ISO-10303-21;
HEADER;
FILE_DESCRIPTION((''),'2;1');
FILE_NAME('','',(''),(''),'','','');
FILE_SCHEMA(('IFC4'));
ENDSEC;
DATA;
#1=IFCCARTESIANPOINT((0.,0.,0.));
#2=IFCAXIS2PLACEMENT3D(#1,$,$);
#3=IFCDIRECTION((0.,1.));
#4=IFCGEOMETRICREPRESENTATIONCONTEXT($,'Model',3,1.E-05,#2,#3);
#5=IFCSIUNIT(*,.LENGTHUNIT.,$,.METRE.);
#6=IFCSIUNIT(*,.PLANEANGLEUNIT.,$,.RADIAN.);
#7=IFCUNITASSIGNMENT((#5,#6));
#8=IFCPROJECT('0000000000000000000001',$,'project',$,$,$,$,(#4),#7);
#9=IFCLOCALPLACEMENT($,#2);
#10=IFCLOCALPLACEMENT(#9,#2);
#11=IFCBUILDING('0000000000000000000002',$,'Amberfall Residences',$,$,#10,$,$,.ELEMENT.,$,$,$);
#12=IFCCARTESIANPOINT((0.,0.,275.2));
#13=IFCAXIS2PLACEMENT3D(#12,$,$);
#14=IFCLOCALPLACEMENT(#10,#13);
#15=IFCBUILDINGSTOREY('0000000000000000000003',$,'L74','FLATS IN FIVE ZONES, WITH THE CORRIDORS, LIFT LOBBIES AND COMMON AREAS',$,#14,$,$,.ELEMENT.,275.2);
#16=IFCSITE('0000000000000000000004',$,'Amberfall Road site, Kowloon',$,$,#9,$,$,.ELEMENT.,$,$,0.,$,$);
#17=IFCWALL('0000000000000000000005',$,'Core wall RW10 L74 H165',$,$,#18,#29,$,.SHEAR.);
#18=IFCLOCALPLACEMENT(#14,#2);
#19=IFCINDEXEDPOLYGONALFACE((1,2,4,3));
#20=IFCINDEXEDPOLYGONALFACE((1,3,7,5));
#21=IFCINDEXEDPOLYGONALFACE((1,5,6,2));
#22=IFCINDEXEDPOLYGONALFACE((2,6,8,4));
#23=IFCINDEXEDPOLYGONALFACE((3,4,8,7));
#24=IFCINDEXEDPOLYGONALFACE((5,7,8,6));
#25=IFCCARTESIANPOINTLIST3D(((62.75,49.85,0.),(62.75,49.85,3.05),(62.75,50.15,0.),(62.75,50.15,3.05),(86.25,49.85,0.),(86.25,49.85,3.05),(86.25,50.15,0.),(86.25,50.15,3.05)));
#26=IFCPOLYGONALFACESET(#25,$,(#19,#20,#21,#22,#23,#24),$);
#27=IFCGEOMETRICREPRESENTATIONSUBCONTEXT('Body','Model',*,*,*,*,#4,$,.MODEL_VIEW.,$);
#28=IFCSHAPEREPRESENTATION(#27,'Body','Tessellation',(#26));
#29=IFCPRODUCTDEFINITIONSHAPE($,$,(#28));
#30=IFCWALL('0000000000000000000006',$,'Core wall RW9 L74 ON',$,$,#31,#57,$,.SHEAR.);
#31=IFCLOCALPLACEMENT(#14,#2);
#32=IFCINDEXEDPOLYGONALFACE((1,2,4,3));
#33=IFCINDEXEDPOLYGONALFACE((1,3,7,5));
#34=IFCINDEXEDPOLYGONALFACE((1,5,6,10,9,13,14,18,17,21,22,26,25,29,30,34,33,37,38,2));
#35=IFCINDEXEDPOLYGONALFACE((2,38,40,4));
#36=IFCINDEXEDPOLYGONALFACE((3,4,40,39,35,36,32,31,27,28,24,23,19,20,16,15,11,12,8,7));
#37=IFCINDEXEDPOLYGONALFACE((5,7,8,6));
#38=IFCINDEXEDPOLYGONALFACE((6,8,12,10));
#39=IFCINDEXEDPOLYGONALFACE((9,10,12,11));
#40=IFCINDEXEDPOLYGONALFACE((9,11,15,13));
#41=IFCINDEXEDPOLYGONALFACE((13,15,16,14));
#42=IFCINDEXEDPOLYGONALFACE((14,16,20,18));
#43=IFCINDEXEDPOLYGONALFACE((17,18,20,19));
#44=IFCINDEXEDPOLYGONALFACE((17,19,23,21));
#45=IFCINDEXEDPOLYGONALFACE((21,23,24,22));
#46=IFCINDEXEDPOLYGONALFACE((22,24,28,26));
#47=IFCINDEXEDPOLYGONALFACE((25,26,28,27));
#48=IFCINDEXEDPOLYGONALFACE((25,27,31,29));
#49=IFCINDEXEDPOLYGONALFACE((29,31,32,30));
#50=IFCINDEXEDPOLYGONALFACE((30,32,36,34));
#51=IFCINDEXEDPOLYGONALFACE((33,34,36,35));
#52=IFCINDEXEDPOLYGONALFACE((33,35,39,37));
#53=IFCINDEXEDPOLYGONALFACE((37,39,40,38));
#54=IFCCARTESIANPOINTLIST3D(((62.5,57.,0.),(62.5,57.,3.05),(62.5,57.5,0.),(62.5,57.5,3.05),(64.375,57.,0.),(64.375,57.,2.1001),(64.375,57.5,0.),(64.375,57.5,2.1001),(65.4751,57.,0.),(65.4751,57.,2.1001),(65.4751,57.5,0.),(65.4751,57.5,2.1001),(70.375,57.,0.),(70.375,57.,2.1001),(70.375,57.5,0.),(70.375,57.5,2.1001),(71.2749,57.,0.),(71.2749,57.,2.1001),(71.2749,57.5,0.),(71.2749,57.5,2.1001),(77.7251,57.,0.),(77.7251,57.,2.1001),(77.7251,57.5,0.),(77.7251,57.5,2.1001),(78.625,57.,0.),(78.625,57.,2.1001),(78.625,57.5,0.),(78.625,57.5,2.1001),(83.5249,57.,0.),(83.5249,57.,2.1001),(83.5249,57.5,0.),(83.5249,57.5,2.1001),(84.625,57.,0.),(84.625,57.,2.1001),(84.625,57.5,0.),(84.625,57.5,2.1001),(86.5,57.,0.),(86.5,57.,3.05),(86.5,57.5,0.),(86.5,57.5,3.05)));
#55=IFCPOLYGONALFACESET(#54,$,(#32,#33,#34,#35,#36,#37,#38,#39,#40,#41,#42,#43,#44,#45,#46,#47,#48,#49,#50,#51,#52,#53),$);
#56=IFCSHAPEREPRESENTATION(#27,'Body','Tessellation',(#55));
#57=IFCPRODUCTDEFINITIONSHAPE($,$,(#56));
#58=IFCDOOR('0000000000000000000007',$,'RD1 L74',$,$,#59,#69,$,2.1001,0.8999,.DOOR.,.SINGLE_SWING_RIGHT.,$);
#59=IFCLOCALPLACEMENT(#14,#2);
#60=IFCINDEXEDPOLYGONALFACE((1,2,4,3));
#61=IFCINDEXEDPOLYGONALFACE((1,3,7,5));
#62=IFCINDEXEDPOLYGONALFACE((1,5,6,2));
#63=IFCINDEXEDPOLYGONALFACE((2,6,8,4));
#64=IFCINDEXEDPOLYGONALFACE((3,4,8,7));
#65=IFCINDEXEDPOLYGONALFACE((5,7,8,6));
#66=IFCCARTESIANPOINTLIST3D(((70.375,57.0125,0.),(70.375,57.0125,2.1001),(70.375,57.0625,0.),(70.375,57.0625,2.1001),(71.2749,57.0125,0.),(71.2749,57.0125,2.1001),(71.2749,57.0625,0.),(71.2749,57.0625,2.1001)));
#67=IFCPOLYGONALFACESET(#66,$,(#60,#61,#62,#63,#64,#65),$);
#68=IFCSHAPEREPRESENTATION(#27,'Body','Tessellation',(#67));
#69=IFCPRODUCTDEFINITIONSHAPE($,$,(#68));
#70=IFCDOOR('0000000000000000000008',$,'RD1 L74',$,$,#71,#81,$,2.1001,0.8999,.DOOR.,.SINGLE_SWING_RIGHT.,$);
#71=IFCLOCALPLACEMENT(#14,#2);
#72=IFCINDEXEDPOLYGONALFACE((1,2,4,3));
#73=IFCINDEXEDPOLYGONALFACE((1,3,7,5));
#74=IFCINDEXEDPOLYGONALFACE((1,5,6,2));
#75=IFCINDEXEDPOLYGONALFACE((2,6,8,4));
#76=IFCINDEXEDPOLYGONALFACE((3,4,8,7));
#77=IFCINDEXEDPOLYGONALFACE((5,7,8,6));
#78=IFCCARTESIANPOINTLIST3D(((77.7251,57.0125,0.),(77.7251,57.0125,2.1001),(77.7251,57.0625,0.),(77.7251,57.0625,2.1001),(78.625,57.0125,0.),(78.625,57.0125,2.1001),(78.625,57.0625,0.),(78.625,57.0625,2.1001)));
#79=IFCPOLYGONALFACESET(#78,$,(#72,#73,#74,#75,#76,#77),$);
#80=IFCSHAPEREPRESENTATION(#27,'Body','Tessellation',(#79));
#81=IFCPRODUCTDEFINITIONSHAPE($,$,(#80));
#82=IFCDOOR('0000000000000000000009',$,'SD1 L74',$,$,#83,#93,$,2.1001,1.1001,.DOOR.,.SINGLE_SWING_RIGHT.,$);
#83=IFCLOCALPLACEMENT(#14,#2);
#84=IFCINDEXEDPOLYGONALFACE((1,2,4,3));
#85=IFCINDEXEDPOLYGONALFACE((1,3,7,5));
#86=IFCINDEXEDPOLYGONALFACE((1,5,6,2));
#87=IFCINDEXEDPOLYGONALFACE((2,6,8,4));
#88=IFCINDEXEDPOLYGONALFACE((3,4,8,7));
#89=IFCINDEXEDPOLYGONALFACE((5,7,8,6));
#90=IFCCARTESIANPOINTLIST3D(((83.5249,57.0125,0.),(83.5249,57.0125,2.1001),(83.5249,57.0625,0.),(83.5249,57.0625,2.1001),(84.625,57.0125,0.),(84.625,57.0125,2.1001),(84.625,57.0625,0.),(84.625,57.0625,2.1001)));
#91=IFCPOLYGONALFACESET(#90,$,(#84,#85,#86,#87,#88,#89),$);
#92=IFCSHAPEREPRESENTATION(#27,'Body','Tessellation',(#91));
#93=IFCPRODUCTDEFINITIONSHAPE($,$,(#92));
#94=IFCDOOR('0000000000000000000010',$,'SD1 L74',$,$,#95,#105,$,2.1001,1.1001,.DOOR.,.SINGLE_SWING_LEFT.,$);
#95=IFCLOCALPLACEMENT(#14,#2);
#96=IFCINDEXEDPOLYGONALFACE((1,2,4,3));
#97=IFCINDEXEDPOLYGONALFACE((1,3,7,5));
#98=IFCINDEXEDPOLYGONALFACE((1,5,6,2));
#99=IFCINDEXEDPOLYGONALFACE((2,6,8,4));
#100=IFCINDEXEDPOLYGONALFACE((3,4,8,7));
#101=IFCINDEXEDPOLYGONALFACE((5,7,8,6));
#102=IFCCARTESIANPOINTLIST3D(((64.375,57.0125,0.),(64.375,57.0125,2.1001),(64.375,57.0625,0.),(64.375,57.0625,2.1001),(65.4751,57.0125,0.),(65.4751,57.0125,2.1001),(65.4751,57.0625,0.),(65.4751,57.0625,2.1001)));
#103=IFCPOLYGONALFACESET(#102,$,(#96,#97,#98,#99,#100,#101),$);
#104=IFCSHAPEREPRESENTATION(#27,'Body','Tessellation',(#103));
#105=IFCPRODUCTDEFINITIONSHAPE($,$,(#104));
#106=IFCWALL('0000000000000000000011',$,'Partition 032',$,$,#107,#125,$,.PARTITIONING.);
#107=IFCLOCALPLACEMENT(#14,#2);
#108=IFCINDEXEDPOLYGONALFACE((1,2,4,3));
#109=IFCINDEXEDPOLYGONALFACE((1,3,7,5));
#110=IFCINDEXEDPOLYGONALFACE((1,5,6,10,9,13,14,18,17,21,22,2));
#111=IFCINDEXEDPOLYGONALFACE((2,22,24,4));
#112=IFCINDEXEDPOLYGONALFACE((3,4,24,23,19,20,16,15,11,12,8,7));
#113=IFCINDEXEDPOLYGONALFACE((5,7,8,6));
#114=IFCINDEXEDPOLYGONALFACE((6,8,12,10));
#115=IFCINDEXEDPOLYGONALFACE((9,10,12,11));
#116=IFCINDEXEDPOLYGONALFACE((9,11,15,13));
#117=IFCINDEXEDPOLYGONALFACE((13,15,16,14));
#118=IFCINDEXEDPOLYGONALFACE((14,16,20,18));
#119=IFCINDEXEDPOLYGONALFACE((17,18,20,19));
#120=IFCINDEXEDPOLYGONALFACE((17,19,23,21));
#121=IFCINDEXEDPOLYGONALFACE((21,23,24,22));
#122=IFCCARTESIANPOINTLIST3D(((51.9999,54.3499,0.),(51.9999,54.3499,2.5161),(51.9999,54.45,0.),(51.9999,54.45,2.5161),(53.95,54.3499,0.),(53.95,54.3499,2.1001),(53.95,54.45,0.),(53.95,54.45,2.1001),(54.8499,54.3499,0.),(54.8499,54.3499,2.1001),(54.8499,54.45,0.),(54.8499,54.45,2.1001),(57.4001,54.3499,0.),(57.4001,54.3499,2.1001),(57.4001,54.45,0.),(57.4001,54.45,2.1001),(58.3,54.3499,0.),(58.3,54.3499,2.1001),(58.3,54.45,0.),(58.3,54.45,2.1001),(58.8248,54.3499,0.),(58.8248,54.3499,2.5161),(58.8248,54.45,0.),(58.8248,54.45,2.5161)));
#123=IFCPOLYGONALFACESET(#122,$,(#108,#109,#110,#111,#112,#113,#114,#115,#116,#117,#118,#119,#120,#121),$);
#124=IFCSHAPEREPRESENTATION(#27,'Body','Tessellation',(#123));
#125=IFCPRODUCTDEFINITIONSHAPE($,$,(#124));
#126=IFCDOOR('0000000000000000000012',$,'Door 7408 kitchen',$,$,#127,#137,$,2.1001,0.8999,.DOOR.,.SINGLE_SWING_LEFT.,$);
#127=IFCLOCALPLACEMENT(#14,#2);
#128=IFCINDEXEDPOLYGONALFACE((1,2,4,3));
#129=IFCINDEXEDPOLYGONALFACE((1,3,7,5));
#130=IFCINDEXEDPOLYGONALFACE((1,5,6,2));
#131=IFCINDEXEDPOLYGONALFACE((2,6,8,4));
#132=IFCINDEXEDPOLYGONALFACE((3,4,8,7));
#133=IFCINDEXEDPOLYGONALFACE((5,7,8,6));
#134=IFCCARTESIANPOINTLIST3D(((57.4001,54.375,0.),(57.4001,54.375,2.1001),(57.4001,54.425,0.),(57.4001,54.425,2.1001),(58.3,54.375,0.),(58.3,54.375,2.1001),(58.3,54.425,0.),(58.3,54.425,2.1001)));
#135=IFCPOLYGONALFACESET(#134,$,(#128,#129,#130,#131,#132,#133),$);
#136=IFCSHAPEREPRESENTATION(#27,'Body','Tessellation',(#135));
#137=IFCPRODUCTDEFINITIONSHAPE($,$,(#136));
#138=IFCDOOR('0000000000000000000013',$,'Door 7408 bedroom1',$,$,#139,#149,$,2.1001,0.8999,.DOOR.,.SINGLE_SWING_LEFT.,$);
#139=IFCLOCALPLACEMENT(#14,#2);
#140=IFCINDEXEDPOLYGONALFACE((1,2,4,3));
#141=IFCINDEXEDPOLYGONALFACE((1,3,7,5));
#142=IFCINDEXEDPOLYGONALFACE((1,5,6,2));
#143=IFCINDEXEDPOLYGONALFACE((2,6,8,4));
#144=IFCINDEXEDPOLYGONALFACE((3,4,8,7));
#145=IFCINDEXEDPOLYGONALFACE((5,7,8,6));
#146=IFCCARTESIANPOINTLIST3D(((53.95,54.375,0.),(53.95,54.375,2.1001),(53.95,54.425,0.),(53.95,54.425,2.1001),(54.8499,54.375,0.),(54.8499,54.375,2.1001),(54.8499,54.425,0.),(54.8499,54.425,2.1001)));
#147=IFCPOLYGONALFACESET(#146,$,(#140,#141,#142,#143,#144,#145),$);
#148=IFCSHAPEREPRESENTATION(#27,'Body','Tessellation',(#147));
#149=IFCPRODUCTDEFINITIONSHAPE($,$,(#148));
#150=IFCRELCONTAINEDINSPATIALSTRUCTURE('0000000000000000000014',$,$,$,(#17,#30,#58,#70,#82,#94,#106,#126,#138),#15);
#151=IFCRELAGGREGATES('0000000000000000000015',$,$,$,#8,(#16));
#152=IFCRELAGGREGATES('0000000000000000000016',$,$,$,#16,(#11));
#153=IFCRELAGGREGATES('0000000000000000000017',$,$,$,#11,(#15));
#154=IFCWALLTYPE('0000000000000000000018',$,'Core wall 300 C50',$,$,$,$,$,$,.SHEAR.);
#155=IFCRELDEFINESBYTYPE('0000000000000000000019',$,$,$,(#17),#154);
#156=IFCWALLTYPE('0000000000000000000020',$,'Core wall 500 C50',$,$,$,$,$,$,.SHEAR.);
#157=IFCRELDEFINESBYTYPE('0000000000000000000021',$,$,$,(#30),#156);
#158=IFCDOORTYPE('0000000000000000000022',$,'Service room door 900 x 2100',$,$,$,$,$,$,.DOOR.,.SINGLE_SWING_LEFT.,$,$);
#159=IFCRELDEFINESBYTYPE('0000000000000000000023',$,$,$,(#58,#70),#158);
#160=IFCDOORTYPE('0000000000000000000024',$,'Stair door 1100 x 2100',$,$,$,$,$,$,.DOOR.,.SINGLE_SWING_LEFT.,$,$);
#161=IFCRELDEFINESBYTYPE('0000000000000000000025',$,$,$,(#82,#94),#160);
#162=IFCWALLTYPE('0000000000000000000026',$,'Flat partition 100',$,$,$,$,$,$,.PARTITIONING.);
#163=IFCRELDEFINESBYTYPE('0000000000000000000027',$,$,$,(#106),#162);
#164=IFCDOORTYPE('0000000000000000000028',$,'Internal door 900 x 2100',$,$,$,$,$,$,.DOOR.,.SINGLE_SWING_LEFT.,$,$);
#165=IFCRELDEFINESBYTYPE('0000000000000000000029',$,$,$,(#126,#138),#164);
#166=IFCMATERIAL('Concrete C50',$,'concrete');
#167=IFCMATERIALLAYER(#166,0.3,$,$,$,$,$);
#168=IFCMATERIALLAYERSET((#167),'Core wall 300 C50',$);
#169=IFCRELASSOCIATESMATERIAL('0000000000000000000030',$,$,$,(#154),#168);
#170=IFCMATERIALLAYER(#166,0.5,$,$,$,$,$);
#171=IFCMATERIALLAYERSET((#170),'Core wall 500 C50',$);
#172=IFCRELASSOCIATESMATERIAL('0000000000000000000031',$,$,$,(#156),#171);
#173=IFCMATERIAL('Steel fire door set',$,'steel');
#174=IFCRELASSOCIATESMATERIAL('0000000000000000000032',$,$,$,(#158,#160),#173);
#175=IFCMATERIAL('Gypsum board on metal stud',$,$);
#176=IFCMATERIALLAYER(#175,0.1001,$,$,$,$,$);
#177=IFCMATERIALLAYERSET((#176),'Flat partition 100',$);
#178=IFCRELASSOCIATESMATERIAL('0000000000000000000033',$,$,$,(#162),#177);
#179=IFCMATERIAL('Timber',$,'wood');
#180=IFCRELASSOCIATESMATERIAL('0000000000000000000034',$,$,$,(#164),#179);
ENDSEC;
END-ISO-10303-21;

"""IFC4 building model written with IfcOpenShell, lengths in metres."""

from ifc_helpers import new_model, si_unit, direction, frame, frame_2d, origin, place, context, subcontext, project, spatial, rectangle, extrude, material, layer, layer_set, type_object, element, fill, save


model = new_model("IFC4")

# Units and contexts
model_context = context("Model", 3, precision=1e-05, world=origin(), true_north=direction((0.0, 1.0)))
body_context = subcontext(model_context, "Body", "Model", "MODEL_VIEW")
ifc_project = project(units=[si_unit("LENGTHUNIT", "METRE"), si_unit("PLANEANGLEUNIT", "RADIAN")], contexts=[model_context])

# Site, building, storey
site_placement = place(None, origin())
site = spatial("IfcSite", under=ifc_project, at=site_placement, Name="Amberfall Road site, Kowloon", CompositionType="ELEMENT", RefElevation=0.0)
building_placement = place(site_placement, origin())
building = spatial("IfcBuilding", under=site, at=building_placement, Name="Amberfall Residences", CompositionType="ELEMENT")
storey_placement = place(building_placement, frame((0.0, 0.0, 275.2)))
storey = spatial("IfcBuildingStorey", under=building, at=storey_placement, Name="L74", Description="FLATS IN FIVE ZONES, WITH THE CORRIDORS, LIFT LOBBIES AND COMMON AREAS", CompositionType="ELEMENT", Elevation=275.2)

# Wall
ifc_material_1 = material(Name="Concrete C50", Category="concrete")
ifc_layer_1 = layer(ifc_material_1, 0.3)
ifc_layer_set_1 = layer_set([ifc_layer_1], Name="Core wall 300 C50")
wall_type_1 = type_object("IfcWallType", Name="Core wall 300 C50", PredefinedType="SHEAR", material=ifc_layer_set_1)
wall_1_placement = place(storey_placement, frame((62.75, 50.0, 0.0), z_axis=(0.0, 0.0, 1.0), x_axis=(1.0, 0.0, 0.0)))
element("IfcWall", 1, at=wall_1_placement, inside=storey, type_object=wall_type_1, Name="Core wall RW10 L74 H165", PredefinedType="SHEAR", context=body_context, shape_type="SweptSolid", body=[
    extrude(rectangle(XDim=23.5, YDim=0.3, at=frame_2d((11.75, 0.0))), origin(), (0.0, 0.0, 1.0), 3.05),
])

# Walls, openings, doors
ifc_layer_2 = layer(ifc_material_1, 0.5)
ifc_layer_set_2 = layer_set([ifc_layer_2], Name="Core wall 500 C50")
wall_type_2 = type_object("IfcWallType", Name="Core wall 500 C50", PredefinedType="SHEAR", material=ifc_layer_set_2)
wall_2_placement = place(storey_placement, frame((62.5, 57.25, 0.0), z_axis=(0.0, 0.0, 1.0), x_axis=(1.0, 0.0, 0.0)))
wall_2 = element("IfcWall", 2, at=wall_2_placement, inside=storey, type_object=wall_type_2, Name="Core wall RW9 L74 ON", PredefinedType="SHEAR", context=body_context, shape_type="SweptSolid", body=[
    extrude(rectangle(XDim=24.0, YDim=0.5, at=frame_2d((12.0, 0.0))), origin(), (0.0, 0.0, 1.0), 3.05),
])
opening_1_placement = place(wall_2_placement, frame((21.0249, 0.0, 0.0)))
opening_1 = element("IfcOpeningElement", 3, at=opening_1_placement, cuts=wall_2, PredefinedType="OPENING", context=body_context, shape_type="SweptSolid", body=[
    extrude(rectangle(XDim=1.1001, YDim=2.1001, at=frame_2d((0.55, 1.05))), frame((0.0, 0.26, 0.0), z_axis=(0.0, -1.0, 0.0), x_axis=(1.0, 0.0, 0.0)), (0.0, 0.0, 1.0), 0.52),
])
opening_2_placement = place(wall_2_placement, frame((1.875, 0.0, 0.0)))
opening_2 = element("IfcOpeningElement", 4, at=opening_2_placement, cuts=wall_2, PredefinedType="OPENING", context=body_context, shape_type="SweptSolid", body=[
    extrude(rectangle(XDim=1.1001, YDim=2.1001, at=frame_2d((0.55, 1.05))), frame((0.0, 0.26, 0.0), z_axis=(0.0, -1.0, 0.0), x_axis=(1.0, 0.0, 0.0)), (0.0, 0.0, 1.0), 0.52),
])
opening_3_placement = place(wall_2_placement, frame((7.875, 0.0, 0.0)))
opening_3 = element("IfcOpeningElement", 5, at=opening_3_placement, cuts=wall_2, PredefinedType="OPENING", context=body_context, shape_type="SweptSolid", body=[
    extrude(rectangle(XDim=0.8999, YDim=2.1001, at=frame_2d((0.45, 1.05))), frame((0.0, 0.26, 0.0), z_axis=(0.0, -1.0, 0.0), x_axis=(1.0, 0.0, 0.0)), (0.0, 0.0, 1.0), 0.52),
])
opening_4_placement = place(wall_2_placement, frame((15.2251, 0.0, 0.0)))
opening_4 = element("IfcOpeningElement", 6, at=opening_4_placement, cuts=wall_2, PredefinedType="OPENING", context=body_context, shape_type="SweptSolid", body=[
    extrude(rectangle(XDim=0.8999, YDim=2.1001, at=frame_2d((0.45, 1.05))), frame((0.0, 0.26, 0.0), z_axis=(0.0, -1.0, 0.0), x_axis=(1.0, 0.0, 0.0)), (0.0, 0.0, 1.0), 0.52),
])
ifc_material_2 = material(Name="Steel fire door set", Category="steel")
door_type_1 = type_object("IfcDoorType", Name="Service room door 900 x 2100", OperationType="SINGLE_SWING_LEFT", PredefinedType="DOOR", material=ifc_material_2)
door_1_placement = place(opening_3_placement, origin())
door_1 = element("IfcDoor", 7, at=door_1_placement, inside=storey, type_object=door_type_1, Name="RD1 L74", OperationType="SINGLE_SWING_RIGHT", OverallHeight=2.1001, OverallWidth=0.8999, PredefinedType="DOOR", context=body_context, shape_type="SweptSolid", body=[
    extrude(rectangle(XDim=0.8999, YDim=2.1001, at=frame_2d((0.45, 1.05))), frame((0.0, -0.1875, 0.0), z_axis=(0.0, -1.0, 0.0), x_axis=(1.0, 0.0, 0.0)), (0.0, 0.0, 1.0), 0.05),
])
fill(opening_3, door_1)
door_2_placement = place(opening_4_placement, origin())
door_2 = element("IfcDoor", 8, at=door_2_placement, inside=storey, type_object=door_type_1, Name="RD1 L74", OperationType="SINGLE_SWING_RIGHT", OverallHeight=2.1001, OverallWidth=0.8999, PredefinedType="DOOR", context=body_context, shape_type="SweptSolid", body=[
    extrude(rectangle(XDim=0.8999, YDim=2.1001, at=frame_2d((0.45, 1.05))), frame((0.0, -0.1875, 0.0), z_axis=(0.0, -1.0, 0.0), x_axis=(1.0, 0.0, 0.0)), (0.0, 0.0, 1.0), 0.05),
])
fill(opening_4, door_2)
door_type_2 = type_object("IfcDoorType", Name="Stair door 1100 x 2100", OperationType="SINGLE_SWING_LEFT", PredefinedType="DOOR", material=ifc_material_2)
door_3_placement = place(opening_1_placement, origin())
door_3 = element("IfcDoor", 9, at=door_3_placement, inside=storey, type_object=door_type_2, Name="SD1 L74", OperationType="SINGLE_SWING_RIGHT", OverallHeight=2.1001, OverallWidth=1.1001, PredefinedType="DOOR", context=body_context, shape_type="SweptSolid", body=[
    extrude(rectangle(XDim=1.1001, YDim=2.1001, at=frame_2d((0.55, 1.05))), frame((0.0, -0.1875, 0.0), z_axis=(0.0, -1.0, 0.0), x_axis=(1.0, 0.0, 0.0)), (0.0, 0.0, 1.0), 0.05),
])
fill(opening_1, door_3)
door_4_placement = place(opening_2_placement, origin())
door_4 = element("IfcDoor", 10, at=door_4_placement, inside=storey, type_object=door_type_2, Name="SD1 L74", OperationType="SINGLE_SWING_LEFT", OverallHeight=2.1001, OverallWidth=1.1001, PredefinedType="DOOR", context=body_context, shape_type="SweptSolid", body=[
    extrude(rectangle(XDim=1.1001, YDim=2.1001, at=frame_2d((0.55, 1.05))), frame((0.0, -0.1875, 0.0), z_axis=(0.0, -1.0, 0.0), x_axis=(1.0, 0.0, 0.0)), (0.0, 0.0, 1.0), 0.05),
])
fill(opening_2, door_4)
ifc_material_3 = material(Name="Gypsum board on metal stud")
ifc_layer_3 = layer(ifc_material_3, 0.1001)
ifc_layer_set_3 = layer_set([ifc_layer_3], Name="Flat partition 100")
wall_type_3 = type_object("IfcWallType", Name="Flat partition 100", PredefinedType="PARTITIONING", material=ifc_layer_set_3)
wall_3_placement = place(storey_placement, frame((58.825, 54.3999, 0.0), z_axis=(0.0, 0.0, 1.0), x_axis=(-1.0, 0.0, 0.0)))
wall_3 = element("IfcWall", 11, at=wall_3_placement, inside=storey, type_object=wall_type_3, Name="Partition 032", PredefinedType="PARTITIONING", context=body_context, shape_type="SweptSolid", body=[
    extrude(rectangle(XDim=6.825, YDim=0.1001, at=frame_2d((3.4126, 0.0))), origin(), (0.0, 0.0, 1.0), 2.5161),
])
opening_5_placement = place(wall_3_placement, frame((0.5249, 0.0, 0.0)))
opening_5 = element("IfcOpeningElement", 12, at=opening_5_placement, cuts=wall_3, PredefinedType="OPENING", context=body_context, shape_type="SweptSolid", body=[
    extrude(rectangle(XDim=0.8999, YDim=2.1001, at=frame_2d((0.45, 1.05))), frame((0.0, 0.0601, 0.0), z_axis=(0.0, -1.0, 0.0), x_axis=(1.0, 0.0, 0.0)), (0.0, 0.0, 1.0), 0.1201),
])
opening_6_placement = place(wall_3_placement, frame((3.9751, 0.0, 0.0)))
opening_6 = element("IfcOpeningElement", 13, at=opening_6_placement, cuts=wall_3, PredefinedType="OPENING", context=body_context, shape_type="SweptSolid", body=[
    extrude(rectangle(XDim=0.8999, YDim=2.1001, at=frame_2d((0.45, 1.05))), frame((0.0, 0.0601, 0.0), z_axis=(0.0, -1.0, 0.0), x_axis=(1.0, 0.0, 0.0)), (0.0, 0.0, 1.0), 0.1201),
])
ifc_material_4 = material(Name="Timber", Category="wood")
door_type_3 = type_object("IfcDoorType", Name="Internal door 900 x 2100", OperationType="SINGLE_SWING_LEFT", PredefinedType="DOOR", material=ifc_material_4)
door_5_placement = place(opening_5_placement, origin())
door_5 = element("IfcDoor", 14, at=door_5_placement, inside=storey, type_object=door_type_3, Name="Door 7408 kitchen", OperationType="SINGLE_SWING_LEFT", OverallHeight=2.1001, OverallWidth=0.8999, PredefinedType="DOOR", context=body_context, shape_type="SweptSolid", body=[
    extrude(rectangle(XDim=0.8999, YDim=2.1001, at=frame_2d((0.45, 1.05))), frame((0.0, 0.0249, 0.0), z_axis=(0.0, -1.0, 0.0), x_axis=(1.0, 0.0, 0.0)), (0.0, 0.0, 1.0), 0.05),
])
fill(opening_5, door_5)
door_6_placement = place(opening_6_placement, origin())
door_6 = element("IfcDoor", 15, at=door_6_placement, inside=storey, type_object=door_type_3, Name="Door 7408 bedroom1", OperationType="SINGLE_SWING_LEFT", OverallHeight=2.1001, OverallWidth=0.8999, PredefinedType="DOOR", context=body_context, shape_type="SweptSolid", body=[
    extrude(rectangle(XDim=0.8999, YDim=2.1001, at=frame_2d((0.45, 1.05))), frame((0.0, 0.0249, 0.0), z_axis=(0.0, -1.0, 0.0), x_axis=(1.0, 0.0, 0.0)), (0.0, 0.0, 1.0), 0.05),
])
fill(opening_6, door_6)

save(model, "model.ifc")
